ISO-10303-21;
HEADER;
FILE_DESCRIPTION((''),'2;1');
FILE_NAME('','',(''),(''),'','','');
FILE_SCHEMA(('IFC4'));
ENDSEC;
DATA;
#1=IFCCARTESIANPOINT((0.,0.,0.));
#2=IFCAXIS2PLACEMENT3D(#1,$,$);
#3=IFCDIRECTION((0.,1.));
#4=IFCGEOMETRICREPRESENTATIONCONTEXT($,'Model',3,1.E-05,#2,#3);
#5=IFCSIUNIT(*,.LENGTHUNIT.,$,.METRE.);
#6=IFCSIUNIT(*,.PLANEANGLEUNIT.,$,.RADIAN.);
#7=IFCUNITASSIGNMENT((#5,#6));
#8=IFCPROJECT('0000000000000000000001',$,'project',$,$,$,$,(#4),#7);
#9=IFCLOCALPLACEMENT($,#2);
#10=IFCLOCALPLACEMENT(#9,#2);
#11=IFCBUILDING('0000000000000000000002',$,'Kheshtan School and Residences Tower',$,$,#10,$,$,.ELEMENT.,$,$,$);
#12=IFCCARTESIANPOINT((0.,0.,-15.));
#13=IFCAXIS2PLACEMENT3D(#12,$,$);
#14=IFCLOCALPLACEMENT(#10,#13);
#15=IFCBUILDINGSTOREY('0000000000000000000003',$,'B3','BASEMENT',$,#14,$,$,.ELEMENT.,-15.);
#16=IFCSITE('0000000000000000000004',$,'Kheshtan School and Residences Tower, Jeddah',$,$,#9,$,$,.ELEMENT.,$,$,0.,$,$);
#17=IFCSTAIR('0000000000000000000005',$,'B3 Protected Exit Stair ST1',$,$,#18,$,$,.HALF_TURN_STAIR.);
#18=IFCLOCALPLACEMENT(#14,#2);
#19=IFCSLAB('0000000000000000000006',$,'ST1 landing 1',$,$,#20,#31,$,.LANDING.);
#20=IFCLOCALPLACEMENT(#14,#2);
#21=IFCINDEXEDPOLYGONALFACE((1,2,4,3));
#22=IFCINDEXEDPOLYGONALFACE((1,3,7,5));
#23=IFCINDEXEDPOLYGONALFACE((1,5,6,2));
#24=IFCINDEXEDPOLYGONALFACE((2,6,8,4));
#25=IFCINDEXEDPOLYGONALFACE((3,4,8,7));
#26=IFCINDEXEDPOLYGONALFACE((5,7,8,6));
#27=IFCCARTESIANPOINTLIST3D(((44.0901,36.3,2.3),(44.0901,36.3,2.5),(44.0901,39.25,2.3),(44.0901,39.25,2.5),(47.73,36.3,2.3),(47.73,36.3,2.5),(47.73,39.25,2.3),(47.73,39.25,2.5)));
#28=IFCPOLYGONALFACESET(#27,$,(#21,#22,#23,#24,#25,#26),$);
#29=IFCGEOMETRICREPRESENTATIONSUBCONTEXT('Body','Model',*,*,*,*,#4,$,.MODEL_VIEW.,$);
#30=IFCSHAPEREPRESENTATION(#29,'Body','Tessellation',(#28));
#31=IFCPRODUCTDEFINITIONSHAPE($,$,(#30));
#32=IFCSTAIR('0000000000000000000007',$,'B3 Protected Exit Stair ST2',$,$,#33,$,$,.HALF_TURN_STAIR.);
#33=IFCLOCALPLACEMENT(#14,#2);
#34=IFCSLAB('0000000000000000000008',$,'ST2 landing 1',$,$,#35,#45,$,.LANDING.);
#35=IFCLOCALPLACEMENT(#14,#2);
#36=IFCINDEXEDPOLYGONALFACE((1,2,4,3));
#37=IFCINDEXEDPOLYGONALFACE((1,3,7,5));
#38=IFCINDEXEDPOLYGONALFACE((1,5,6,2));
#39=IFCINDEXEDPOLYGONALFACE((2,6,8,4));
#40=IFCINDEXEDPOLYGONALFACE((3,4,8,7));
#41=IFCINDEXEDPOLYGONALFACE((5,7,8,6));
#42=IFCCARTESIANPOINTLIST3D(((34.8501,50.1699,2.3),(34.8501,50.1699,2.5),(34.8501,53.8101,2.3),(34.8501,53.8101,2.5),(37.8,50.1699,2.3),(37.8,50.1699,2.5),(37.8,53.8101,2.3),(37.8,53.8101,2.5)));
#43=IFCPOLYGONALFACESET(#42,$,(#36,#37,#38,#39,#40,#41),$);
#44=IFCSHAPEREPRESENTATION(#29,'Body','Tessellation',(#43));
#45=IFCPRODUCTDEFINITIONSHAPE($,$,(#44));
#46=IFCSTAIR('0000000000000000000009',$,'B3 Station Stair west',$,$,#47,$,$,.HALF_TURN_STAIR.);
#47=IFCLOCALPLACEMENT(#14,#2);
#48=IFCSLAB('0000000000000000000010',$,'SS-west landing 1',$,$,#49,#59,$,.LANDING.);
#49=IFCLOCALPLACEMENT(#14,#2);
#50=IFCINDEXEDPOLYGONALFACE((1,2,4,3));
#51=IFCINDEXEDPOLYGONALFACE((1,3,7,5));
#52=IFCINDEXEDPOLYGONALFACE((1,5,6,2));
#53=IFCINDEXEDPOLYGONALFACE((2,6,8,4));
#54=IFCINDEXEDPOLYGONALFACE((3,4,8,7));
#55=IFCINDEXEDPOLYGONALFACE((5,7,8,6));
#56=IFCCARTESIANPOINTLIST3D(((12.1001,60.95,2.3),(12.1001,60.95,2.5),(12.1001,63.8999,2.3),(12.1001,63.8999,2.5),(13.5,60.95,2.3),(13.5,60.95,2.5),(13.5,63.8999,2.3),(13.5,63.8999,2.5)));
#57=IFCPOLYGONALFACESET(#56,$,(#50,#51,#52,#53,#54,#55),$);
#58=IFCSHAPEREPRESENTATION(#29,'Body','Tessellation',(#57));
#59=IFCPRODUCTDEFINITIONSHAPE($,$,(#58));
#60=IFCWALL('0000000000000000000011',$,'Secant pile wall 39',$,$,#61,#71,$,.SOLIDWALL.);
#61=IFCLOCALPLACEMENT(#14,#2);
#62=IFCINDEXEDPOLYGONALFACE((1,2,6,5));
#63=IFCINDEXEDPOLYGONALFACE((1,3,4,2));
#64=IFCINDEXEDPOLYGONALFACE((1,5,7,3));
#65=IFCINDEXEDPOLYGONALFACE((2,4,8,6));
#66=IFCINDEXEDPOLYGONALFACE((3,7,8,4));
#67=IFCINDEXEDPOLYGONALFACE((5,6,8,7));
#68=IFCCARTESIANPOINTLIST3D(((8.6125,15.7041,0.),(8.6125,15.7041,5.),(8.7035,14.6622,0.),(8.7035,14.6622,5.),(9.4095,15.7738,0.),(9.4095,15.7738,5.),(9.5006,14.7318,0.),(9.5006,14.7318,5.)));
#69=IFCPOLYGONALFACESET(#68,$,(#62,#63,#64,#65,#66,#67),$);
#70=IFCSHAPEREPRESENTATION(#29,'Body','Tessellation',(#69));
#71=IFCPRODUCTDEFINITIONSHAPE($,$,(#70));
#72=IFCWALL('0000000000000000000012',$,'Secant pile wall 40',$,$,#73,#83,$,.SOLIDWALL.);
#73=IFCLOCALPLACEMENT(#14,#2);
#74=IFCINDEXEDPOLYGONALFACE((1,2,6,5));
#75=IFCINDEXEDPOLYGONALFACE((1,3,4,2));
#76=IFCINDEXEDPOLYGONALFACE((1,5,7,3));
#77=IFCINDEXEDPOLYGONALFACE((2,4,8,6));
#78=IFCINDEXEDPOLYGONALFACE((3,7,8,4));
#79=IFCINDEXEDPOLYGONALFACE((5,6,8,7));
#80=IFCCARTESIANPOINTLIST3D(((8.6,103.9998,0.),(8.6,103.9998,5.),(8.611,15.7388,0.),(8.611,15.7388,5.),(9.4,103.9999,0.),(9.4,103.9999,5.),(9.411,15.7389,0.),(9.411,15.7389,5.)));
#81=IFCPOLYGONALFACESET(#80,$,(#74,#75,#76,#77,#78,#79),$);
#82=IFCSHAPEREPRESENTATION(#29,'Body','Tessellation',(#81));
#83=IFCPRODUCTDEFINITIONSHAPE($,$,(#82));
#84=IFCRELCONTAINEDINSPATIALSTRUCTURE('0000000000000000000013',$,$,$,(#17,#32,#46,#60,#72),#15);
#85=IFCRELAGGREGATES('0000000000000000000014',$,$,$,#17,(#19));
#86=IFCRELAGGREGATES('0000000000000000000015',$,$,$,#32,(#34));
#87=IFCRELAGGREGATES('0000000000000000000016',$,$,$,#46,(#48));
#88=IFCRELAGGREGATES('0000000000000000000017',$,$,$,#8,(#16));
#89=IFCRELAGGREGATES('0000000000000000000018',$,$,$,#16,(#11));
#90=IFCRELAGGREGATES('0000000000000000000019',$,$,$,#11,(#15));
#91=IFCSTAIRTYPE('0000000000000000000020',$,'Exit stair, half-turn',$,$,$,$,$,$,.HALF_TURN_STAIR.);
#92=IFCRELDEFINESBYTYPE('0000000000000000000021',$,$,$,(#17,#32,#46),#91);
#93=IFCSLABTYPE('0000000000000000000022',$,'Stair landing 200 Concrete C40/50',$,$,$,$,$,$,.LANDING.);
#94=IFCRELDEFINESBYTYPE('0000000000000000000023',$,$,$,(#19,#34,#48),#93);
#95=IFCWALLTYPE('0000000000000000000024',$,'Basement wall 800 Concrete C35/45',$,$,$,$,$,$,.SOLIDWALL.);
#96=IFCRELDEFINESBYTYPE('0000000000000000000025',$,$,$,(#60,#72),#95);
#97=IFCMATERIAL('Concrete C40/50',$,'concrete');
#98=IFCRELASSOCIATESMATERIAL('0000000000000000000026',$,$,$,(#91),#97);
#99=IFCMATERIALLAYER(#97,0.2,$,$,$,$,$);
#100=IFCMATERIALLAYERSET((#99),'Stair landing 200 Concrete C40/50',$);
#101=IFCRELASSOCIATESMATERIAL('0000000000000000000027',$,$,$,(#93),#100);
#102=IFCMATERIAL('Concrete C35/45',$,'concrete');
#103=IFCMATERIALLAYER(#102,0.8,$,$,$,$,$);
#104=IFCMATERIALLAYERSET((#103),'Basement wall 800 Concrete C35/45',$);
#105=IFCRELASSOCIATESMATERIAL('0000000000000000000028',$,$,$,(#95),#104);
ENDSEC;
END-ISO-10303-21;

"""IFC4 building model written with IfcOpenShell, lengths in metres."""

from ifc_helpers import new_model, si_unit, direction, frame, frame_2d, origin, place, context, subcontext, project, spatial, polyline, rectangle, outline, extrude, material, layer, layer_set, type_object, element, aggregate, save


model = new_model("IFC4")

# Units and contexts
model_context = context("Model", 3, precision=1e-05, world=origin(), true_north=direction((0.0, 1.0)))
body_context = subcontext(model_context, "Body", "Model", "MODEL_VIEW")
ifc_project = project(units=[si_unit("LENGTHUNIT", "METRE"), si_unit("PLANEANGLEUNIT", "RADIAN")], contexts=[model_context])

# Site, building, storey
site_placement = place(None, origin())
site = spatial("IfcSite", under=ifc_project, at=site_placement, Name="Kheshtan School and Residences Tower, Jeddah", CompositionType="ELEMENT", RefElevation=0.0)
building_placement = place(site_placement, origin())
building = spatial("IfcBuilding", under=site, at=building_placement, Name="Kheshtan School and Residences Tower", CompositionType="ELEMENT")
storey_placement = place(building_placement, frame((0.0, 0.0, -15.0)))
storey = spatial("IfcBuildingStorey", under=building, at=storey_placement, Name="B3", Description="BASEMENT", CompositionType="ELEMENT", Elevation=-15.0)

# Shared definitions
ifc_material_1 = material(Name="Concrete C40/50", Category="concrete")

# Stairs, slabs
stair_type = type_object("IfcStairType", Name="Exit stair, half-turn", PredefinedType="HALF_TURN_STAIR", material=ifc_material_1)
stair_1_placement = place(storey_placement, origin())
stair_1 = element("IfcStair", 1, at=stair_1_placement, inside=storey, type_object=stair_type, Name="B3 Protected Exit Stair ST1", PredefinedType="HALF_TURN_STAIR")
ifc_layer_1 = layer(ifc_material_1, 0.2)
ifc_layer_set_1 = layer_set([ifc_layer_1], Name="Stair landing 200 Concrete C40/50")
slab_type_1 = type_object("IfcSlabType", Name="Stair landing 200 Concrete C40/50", PredefinedType="LANDING", material=ifc_layer_set_1)
slab_1_placement = place(storey_placement, frame((0.0, 0.0, 2.3)))
slab_1 = element("IfcSlab", 2, at=slab_1_placement, type_object=slab_type_1, Name="ST1 landing 1", PredefinedType="LANDING", context=body_context, shape_type="SweptSolid", body=[
    extrude(outline(polyline([(47.73, 39.25), (44.0901, 39.25), (44.0901, 36.3), (47.73, 36.3), (47.73, 39.25)])), origin(), (0.0, 0.0, 1.0), 0.2),
])
aggregate(stair_1, [slab_1])
stair_2_placement = place(storey_placement, origin())
stair_2 = element("IfcStair", 3, at=stair_2_placement, inside=storey, type_object=stair_type, Name="B3 Protected Exit Stair ST2", PredefinedType="HALF_TURN_STAIR")
slab_2_placement = place(storey_placement, frame((0.0, 0.0, 2.3)))
slab_2 = element("IfcSlab", 4, at=slab_2_placement, type_object=slab_type_1, Name="ST2 landing 1", PredefinedType="LANDING", context=body_context, shape_type="SweptSolid", body=[
    extrude(outline(polyline([(37.8, 50.1699), (37.8, 53.8101), (34.8501, 53.8101), (34.8501, 50.1699), (37.8, 50.1699)])), origin(), (0.0, 0.0, 1.0), 0.2),
])
aggregate(stair_2, [slab_2])
stair_3_placement = place(storey_placement, origin())
stair_3 = element("IfcStair", 5, at=stair_3_placement, inside=storey, type_object=stair_type, Name="B3 Station Stair west", PredefinedType="HALF_TURN_STAIR")
slab_3_placement = place(storey_placement, frame((0.0, 0.0, 2.3)))
slab_3 = element("IfcSlab", 6, at=slab_3_placement, type_object=slab_type_1, Name="SS-west landing 1", PredefinedType="LANDING", context=body_context, shape_type="SweptSolid", body=[
    extrude(outline(polyline([(13.5, 63.8999), (12.1001, 63.8999), (12.1001, 60.95), (13.5, 60.95), (13.5, 63.8999)])), origin(), (0.0, 0.0, 1.0), 0.2),
])
aggregate(stair_3, [slab_3])

# Walls
ifc_material_2 = material(Name="Concrete C35/45", Category="concrete")
ifc_layer_2 = layer(ifc_material_2, 0.8)
ifc_layer_set_2 = layer_set([ifc_layer_2], Name="Basement wall 800 Concrete C35/45")
wall_type = type_object("IfcWallType", Name="Basement wall 800 Concrete C35/45", PredefinedType="SOLIDWALL", material=ifc_layer_set_2)
wall_1_placement = place(storey_placement, frame((9.1021, 14.697, 0.0), z_axis=(0.0, 0.0, 1.0), x_axis=(-0.087063, 0.996203, 0.0)))
element("IfcWall", 7, at=wall_1_placement, inside=storey, type_object=wall_type, Name="Secant pile wall 39", PredefinedType="SOLIDWALL", context=body_context, shape_type="SweptSolid", body=[
    extrude(rectangle(XDim=1.0459, YDim=0.8, at=frame_2d((0.5229, 0.0))), origin(), (0.0, 0.0, 1.0), 5.0),
])
wall_2_placement = place(storey_placement, frame((9.011, 15.739, 0.0), z_axis=(0.0, 0.0, 1.0), x_axis=(-0.000124, 1.0, 0.0)))
element("IfcWall", 8, at=wall_2_placement, inside=storey, type_object=wall_type, Name="Secant pile wall 40", PredefinedType="SOLIDWALL", context=body_context, shape_type="SweptSolid", body=[
    extrude(rectangle(XDim=88.261, YDim=0.8, at=frame_2d((44.1304, 0.0))), origin(), (0.0, 0.0, 1.0), 5.0),
])

save(model, "model.ifc")
